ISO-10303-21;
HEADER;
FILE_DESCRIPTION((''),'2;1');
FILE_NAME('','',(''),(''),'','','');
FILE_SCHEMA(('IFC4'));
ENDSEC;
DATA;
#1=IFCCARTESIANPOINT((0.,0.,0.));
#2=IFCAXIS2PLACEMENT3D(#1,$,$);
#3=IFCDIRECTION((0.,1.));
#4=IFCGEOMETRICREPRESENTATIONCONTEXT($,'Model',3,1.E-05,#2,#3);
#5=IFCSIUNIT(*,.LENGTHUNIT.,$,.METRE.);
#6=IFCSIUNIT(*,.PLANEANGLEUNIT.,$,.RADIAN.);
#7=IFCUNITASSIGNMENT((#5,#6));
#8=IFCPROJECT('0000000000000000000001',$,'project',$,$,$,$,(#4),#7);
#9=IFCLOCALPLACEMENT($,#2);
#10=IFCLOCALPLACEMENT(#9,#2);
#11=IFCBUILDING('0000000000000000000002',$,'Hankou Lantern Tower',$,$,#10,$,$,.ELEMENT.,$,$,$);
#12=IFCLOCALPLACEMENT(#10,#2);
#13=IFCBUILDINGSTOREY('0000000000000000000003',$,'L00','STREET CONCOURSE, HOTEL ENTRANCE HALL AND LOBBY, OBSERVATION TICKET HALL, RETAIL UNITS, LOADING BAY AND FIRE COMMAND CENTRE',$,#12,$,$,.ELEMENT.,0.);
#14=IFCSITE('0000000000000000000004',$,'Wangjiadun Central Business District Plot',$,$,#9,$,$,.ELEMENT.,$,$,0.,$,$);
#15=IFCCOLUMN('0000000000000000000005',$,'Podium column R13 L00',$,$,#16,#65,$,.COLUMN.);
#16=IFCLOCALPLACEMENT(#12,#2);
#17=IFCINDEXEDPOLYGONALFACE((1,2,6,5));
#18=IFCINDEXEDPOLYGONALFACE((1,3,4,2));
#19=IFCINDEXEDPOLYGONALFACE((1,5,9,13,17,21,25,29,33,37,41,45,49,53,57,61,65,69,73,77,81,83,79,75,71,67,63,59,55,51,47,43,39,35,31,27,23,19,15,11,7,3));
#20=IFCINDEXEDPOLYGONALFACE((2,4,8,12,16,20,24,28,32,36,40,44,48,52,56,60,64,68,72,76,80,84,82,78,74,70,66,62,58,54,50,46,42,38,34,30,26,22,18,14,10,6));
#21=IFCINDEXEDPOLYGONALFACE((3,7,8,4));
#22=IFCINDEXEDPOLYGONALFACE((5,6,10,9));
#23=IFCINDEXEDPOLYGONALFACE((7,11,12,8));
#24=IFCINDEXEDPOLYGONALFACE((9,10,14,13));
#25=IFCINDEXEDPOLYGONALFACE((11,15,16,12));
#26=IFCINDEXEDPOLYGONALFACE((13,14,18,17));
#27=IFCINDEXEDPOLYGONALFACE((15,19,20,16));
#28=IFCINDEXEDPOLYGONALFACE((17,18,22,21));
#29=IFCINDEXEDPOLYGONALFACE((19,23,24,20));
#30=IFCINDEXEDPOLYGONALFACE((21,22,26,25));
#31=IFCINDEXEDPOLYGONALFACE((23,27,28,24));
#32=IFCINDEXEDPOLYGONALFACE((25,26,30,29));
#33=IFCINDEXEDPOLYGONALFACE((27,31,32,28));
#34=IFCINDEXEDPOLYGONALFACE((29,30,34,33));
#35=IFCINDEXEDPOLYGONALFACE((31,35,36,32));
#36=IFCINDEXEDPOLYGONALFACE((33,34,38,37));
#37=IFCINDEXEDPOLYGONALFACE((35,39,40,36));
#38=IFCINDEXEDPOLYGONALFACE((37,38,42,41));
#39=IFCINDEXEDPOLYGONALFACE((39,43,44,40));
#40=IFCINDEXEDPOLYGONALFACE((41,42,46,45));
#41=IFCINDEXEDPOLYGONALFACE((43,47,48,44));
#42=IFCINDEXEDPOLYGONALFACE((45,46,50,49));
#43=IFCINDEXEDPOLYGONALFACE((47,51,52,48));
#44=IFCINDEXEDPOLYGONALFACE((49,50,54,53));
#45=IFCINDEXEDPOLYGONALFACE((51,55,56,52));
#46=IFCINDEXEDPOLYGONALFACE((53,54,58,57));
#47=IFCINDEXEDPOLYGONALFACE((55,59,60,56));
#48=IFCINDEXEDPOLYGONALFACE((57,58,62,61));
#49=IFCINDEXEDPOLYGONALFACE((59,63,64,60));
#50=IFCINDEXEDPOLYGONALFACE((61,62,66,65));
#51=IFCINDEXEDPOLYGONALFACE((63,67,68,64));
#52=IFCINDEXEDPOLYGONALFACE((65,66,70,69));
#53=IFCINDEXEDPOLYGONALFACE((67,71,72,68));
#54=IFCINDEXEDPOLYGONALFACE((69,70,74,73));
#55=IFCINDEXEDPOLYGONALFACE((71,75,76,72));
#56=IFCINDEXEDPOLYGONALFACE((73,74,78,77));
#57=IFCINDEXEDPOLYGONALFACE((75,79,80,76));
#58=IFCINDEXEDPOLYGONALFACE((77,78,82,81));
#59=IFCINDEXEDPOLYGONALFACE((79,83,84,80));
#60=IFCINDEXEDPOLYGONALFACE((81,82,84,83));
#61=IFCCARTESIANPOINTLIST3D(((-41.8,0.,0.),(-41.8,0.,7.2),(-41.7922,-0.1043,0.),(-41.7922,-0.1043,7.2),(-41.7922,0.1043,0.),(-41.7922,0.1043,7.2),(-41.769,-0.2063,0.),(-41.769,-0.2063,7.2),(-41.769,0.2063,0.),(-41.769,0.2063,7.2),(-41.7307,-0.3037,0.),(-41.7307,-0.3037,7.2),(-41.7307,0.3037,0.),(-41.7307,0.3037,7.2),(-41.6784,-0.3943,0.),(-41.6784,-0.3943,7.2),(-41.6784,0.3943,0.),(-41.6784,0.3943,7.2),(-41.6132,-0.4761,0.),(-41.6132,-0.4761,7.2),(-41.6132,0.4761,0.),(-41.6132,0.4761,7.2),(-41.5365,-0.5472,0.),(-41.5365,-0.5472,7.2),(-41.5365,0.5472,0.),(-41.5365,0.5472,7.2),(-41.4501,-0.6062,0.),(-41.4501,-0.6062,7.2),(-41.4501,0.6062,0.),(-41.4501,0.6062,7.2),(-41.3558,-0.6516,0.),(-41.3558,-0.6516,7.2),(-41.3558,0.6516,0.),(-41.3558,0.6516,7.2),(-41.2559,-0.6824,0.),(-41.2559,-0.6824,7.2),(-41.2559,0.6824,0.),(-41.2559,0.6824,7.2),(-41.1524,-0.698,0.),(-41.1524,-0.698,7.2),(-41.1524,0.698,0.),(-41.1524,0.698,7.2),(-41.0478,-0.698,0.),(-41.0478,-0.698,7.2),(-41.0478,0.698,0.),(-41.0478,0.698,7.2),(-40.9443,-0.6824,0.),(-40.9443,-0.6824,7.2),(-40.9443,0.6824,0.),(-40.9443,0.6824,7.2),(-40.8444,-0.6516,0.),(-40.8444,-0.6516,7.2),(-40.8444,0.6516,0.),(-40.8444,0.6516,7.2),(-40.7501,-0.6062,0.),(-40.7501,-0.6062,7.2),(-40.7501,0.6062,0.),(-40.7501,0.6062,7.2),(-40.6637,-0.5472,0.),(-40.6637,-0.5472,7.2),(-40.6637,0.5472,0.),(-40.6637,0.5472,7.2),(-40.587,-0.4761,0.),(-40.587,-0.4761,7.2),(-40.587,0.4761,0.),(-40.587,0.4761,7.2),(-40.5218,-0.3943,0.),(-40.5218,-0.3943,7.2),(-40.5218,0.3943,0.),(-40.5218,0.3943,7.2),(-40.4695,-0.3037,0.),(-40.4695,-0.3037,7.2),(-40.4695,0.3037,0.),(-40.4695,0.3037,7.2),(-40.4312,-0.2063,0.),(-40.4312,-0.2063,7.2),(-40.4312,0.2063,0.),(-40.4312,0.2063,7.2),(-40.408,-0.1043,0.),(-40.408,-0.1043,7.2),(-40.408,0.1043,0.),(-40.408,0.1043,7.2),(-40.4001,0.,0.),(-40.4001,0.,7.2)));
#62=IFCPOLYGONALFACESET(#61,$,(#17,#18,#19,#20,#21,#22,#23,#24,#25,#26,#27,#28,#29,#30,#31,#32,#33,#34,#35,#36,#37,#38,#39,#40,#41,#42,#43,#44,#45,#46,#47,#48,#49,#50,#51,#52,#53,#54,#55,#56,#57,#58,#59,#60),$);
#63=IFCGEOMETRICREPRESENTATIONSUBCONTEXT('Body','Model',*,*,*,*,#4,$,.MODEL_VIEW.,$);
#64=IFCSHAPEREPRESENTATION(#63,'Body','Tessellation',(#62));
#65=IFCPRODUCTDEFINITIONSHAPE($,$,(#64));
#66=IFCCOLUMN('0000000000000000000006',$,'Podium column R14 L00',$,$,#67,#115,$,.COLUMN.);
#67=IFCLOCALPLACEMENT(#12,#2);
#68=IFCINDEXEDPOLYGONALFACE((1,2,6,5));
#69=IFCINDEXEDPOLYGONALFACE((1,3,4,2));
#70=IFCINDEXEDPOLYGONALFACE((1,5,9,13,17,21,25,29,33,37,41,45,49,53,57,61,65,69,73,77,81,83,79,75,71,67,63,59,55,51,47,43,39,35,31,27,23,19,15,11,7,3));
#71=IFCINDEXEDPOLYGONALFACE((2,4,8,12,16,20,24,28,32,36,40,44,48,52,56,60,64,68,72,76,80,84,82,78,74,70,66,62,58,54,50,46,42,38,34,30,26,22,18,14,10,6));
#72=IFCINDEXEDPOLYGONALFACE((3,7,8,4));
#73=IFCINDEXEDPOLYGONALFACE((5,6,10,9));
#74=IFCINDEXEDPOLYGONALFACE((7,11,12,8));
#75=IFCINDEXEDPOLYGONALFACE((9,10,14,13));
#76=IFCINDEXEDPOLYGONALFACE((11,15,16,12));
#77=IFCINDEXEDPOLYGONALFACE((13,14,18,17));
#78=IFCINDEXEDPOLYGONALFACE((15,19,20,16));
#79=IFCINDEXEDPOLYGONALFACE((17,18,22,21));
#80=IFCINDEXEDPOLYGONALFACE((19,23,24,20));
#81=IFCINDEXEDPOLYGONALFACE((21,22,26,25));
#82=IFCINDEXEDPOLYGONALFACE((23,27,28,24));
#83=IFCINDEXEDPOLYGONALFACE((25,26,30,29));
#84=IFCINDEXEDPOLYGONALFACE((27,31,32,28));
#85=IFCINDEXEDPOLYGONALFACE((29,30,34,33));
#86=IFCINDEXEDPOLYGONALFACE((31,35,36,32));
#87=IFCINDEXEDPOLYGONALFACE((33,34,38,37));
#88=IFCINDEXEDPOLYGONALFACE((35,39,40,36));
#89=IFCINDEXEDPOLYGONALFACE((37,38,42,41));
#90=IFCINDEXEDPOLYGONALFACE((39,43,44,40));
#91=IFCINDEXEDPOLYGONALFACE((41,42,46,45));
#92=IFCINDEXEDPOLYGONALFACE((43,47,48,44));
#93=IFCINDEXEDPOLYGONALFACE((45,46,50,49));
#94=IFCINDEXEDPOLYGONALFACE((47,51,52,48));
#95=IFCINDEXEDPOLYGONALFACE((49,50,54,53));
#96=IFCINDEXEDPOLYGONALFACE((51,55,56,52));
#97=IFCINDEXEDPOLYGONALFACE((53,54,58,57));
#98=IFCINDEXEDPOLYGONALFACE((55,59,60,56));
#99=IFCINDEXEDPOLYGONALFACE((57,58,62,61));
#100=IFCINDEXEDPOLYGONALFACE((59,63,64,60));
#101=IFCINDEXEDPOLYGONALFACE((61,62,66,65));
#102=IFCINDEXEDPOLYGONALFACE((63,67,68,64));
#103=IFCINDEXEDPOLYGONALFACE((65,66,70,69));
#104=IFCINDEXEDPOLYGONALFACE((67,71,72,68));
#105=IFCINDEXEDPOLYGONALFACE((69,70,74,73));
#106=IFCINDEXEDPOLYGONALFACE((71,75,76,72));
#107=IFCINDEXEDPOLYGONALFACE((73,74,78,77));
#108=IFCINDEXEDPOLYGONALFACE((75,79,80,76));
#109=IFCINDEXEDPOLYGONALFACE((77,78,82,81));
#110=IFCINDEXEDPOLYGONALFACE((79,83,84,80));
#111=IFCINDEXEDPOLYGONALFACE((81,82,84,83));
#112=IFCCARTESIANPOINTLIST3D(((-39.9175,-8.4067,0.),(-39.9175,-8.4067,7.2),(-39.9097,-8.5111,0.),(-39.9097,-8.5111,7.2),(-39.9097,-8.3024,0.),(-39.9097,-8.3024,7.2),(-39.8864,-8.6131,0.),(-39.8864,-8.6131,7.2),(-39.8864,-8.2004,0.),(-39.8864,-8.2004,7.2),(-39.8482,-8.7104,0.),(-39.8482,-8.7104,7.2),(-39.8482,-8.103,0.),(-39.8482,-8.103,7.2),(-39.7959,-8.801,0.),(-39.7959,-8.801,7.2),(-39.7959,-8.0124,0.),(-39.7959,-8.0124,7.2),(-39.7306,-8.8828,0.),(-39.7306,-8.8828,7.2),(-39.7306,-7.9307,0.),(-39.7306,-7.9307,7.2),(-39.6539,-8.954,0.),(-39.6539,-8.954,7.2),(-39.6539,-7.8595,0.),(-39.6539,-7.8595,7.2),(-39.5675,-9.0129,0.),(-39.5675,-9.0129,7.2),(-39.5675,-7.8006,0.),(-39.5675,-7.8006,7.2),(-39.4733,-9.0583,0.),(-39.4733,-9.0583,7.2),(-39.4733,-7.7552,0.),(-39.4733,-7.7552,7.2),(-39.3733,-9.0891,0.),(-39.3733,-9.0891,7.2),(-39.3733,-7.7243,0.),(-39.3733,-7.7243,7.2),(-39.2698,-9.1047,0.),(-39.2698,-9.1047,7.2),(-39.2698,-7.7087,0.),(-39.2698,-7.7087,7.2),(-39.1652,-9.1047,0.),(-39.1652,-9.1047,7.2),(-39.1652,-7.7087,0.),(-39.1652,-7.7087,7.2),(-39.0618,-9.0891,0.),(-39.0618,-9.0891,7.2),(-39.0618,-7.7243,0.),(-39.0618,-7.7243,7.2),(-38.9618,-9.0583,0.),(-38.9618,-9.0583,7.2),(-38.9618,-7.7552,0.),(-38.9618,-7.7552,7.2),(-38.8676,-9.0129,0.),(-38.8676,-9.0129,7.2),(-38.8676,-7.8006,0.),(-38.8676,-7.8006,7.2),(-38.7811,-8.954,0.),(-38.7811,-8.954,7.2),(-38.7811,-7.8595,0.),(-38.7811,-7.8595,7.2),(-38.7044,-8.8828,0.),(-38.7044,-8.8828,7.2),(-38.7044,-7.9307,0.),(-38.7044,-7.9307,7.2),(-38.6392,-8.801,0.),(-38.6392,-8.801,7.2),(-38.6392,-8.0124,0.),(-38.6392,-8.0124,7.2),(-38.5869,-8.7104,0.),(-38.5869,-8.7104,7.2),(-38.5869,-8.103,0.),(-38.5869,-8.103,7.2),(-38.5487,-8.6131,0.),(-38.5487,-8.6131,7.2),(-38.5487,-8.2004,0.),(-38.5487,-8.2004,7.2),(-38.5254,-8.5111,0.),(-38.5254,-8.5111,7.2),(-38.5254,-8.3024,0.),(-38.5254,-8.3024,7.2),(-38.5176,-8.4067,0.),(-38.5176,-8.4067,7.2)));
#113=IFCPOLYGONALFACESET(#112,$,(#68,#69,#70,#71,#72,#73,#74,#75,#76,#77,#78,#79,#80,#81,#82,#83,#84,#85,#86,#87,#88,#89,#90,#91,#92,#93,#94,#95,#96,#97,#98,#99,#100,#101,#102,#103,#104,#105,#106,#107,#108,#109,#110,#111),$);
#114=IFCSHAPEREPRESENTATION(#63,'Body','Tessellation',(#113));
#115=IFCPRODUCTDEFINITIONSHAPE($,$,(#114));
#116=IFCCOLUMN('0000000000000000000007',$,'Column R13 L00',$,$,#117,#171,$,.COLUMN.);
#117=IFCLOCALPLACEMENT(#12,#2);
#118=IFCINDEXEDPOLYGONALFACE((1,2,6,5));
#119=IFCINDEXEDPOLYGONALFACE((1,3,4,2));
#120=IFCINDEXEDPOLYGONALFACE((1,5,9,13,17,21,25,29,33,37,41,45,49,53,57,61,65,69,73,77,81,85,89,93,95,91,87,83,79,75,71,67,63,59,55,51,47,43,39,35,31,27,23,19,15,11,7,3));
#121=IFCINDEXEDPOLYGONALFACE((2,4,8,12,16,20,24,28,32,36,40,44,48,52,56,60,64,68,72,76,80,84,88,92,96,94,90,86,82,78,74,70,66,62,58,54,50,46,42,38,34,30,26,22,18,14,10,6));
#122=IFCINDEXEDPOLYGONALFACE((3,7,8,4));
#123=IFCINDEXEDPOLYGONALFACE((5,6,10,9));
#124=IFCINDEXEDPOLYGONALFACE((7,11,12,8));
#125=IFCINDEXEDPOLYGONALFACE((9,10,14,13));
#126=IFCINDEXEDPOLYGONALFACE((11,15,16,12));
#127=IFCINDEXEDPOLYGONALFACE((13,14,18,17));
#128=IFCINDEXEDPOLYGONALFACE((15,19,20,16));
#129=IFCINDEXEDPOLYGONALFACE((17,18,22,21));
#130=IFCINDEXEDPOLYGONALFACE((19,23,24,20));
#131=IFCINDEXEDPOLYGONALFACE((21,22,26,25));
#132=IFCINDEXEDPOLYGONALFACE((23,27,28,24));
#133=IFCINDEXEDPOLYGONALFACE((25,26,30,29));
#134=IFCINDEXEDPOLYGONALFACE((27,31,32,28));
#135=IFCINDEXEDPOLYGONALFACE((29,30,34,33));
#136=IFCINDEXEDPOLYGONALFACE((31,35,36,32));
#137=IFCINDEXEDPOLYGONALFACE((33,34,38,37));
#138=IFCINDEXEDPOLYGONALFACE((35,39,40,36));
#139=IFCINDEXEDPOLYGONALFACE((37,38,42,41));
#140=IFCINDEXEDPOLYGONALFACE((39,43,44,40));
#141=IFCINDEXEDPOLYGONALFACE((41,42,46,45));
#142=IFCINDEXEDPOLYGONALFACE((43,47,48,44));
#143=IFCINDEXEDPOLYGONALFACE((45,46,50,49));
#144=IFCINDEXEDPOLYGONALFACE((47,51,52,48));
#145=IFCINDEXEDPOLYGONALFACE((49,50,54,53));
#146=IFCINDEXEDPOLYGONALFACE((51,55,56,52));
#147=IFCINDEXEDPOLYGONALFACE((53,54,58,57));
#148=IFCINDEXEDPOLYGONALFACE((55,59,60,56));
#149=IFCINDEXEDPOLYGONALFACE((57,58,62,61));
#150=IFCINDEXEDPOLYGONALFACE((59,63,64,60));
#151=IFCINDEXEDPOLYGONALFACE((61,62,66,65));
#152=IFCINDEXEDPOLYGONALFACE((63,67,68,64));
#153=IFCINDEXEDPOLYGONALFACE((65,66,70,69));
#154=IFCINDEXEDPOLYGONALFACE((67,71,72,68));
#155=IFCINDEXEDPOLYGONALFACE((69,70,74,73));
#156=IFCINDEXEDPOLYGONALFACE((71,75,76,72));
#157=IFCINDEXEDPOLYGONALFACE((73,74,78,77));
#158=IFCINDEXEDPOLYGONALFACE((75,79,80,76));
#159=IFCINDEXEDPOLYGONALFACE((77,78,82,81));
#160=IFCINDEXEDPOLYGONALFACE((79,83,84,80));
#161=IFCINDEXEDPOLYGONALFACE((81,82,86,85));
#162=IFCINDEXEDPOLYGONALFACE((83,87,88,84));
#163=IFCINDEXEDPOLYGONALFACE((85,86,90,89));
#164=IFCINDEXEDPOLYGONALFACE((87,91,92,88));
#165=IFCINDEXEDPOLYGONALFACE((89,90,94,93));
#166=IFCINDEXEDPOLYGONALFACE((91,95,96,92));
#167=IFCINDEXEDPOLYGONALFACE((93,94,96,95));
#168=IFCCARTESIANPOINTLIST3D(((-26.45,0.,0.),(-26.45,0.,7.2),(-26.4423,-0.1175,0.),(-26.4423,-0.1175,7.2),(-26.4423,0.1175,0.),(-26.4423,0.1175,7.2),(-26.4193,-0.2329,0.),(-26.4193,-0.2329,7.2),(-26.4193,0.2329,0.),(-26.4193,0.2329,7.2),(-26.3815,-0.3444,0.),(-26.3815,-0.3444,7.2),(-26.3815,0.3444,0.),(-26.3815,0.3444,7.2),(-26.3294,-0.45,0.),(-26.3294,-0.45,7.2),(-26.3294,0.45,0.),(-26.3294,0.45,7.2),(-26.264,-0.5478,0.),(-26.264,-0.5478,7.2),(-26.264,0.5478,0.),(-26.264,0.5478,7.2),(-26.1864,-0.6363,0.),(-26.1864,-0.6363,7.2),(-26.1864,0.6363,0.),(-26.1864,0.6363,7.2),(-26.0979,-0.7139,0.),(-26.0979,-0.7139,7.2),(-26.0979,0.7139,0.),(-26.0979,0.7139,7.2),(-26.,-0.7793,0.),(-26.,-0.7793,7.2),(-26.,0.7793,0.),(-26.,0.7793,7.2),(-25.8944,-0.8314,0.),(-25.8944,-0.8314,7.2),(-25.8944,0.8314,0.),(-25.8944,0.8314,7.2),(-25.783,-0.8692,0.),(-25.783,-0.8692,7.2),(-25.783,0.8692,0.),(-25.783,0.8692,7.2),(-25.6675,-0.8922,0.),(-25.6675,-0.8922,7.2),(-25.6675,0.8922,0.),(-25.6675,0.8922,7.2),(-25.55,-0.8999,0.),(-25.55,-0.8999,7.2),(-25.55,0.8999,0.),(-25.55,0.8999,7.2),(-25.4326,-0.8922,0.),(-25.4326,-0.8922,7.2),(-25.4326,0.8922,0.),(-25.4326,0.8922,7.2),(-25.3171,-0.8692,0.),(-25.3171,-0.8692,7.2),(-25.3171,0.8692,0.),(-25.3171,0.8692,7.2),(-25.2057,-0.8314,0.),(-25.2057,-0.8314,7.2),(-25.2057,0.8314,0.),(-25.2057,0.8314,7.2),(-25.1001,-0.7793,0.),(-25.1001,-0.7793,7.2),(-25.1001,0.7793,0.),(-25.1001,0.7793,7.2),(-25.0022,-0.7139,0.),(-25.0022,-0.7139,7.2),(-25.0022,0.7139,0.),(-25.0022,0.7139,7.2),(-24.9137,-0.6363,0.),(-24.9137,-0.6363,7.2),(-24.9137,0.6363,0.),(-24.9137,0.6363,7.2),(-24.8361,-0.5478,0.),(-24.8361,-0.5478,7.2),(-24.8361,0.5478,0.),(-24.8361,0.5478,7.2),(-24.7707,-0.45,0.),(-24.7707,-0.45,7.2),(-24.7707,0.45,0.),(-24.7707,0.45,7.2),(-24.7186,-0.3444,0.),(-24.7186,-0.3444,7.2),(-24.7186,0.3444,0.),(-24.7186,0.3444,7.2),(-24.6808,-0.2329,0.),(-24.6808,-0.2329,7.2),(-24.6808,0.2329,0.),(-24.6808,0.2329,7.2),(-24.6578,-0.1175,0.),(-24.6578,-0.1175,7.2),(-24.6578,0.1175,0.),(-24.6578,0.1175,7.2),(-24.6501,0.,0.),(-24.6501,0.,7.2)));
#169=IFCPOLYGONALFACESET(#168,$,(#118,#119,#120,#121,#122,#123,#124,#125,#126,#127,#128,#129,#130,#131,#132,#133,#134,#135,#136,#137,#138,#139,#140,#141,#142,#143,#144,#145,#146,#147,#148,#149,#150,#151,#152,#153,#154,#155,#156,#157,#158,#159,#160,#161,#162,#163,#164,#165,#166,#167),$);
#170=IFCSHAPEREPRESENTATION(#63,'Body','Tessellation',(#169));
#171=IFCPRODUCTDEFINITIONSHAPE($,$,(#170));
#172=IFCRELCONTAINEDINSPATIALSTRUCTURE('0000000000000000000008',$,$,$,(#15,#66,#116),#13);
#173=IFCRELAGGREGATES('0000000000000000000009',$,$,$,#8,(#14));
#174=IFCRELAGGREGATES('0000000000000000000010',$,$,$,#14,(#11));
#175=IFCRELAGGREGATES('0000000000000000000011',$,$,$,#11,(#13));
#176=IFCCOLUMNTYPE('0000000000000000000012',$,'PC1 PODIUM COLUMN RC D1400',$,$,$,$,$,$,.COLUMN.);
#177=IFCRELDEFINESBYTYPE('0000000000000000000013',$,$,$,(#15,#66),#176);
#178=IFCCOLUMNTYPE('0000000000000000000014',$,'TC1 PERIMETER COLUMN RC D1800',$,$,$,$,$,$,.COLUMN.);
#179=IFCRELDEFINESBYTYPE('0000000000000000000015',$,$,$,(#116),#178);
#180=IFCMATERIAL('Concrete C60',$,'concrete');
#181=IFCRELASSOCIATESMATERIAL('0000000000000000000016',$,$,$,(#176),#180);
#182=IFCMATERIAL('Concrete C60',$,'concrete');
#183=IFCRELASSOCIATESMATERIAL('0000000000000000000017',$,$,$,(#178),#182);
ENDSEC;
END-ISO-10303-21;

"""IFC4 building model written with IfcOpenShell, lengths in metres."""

from ifc_helpers import new_model, si_unit, direction, frame, origin, origin_2d, place, context, subcontext, project, spatial, circle, extrude, material, material_profile, profile_set, type_object, element, save


model = new_model("IFC4")

# Units and contexts
model_context = context("Model", 3, precision=1e-05, world=origin(), true_north=direction((0.0, 1.0)))
body_context = subcontext(model_context, "Body", "Model", "MODEL_VIEW")
ifc_project = project(units=[si_unit("LENGTHUNIT", "METRE"), si_unit("PLANEANGLEUNIT", "RADIAN")], contexts=[model_context])

# Site, building, storey
site_placement = place(None, origin())
site = spatial("IfcSite", under=ifc_project, at=site_placement, Name="Wangjiadun Central Business District Plot", CompositionType="ELEMENT", RefElevation=0.0)
building_placement = place(site_placement, origin())
building = spatial("IfcBuilding", under=site, at=building_placement, Name="Hankou Lantern Tower", CompositionType="ELEMENT")
storey_placement = place(building_placement, origin())
storey = spatial("IfcBuildingStorey", under=building, at=storey_placement, Name="L00", Description="STREET CONCOURSE, HOTEL ENTRANCE HALL AND LOBBY, OBSERVATION TICKET HALL, RETAIL UNITS, LOADING BAY AND FIRE COMMAND CENTRE", CompositionType="ELEMENT", Elevation=0.0)

# Columns
ifc_material_1 = material(Name="Concrete C60", Category="concrete")
ifc_material_profile_1 = material_profile(ifc_material_1, circle(Radius=0.7, at=origin_2d()), Name="RC D1400")
ifc_profile_set_1 = profile_set([ifc_material_profile_1], Name="Concrete C60")
column_type_1 = type_object("IfcColumnType", Name="PC1 PODIUM COLUMN RC D1400", PredefinedType="COLUMN", material=ifc_profile_set_1)
for number, where, z_axis, x_axis, name in (
    (1, (-41.1001, 0.0, 0.0), (0.0, 0.0, 1.0), (1.0, 0.0, 0.0), "Podium column R13 L00"),
    (2, (-39.2175, -8.4067, 0.0), (0.0, 0.0, 1.0), (1.0, 0.0, 0.0), "Podium column R14 L00"),
):
    element("IfcColumn", number, at=place(storey_placement, frame(where, z_axis=z_axis, x_axis=x_axis)), inside=storey, type_object=column_type_1, Name=name, PredefinedType="COLUMN", context=body_context, shape_type="SweptSolid", body=[
        extrude(circle(Radius=0.7, at=origin_2d()), origin(), (0.0, 0.0, 1.0), 7.2),
    ])
ifc_material_2 = material(Name="Concrete C60", Category="concrete")
ifc_material_profile_2 = material_profile(ifc_material_2, circle(Radius=0.8999, at=origin_2d()), Name="RC D1800")
ifc_profile_set_2 = profile_set([ifc_material_profile_2], Name="Concrete C60")
column_type_2 = type_object("IfcColumnType", Name="TC1 PERIMETER COLUMN RC D1800", PredefinedType="COLUMN", material=ifc_profile_set_2)
column_placement = place(storey_placement, frame((-25.55, 0.0, 0.0), z_axis=(0.0, 0.0, 1.0), x_axis=(1.0, 0.0, 0.0)))
element("IfcColumn", 3, at=column_placement, inside=storey, type_object=column_type_2, Name="Column R13 L00", PredefinedType="COLUMN", context=body_context, shape_type="SweptSolid", body=[
    extrude(circle(Radius=0.8999, at=origin_2d()), origin(), (0.0, 0.0, 1.0), 7.2),
])

save(model, "model.ifc")
